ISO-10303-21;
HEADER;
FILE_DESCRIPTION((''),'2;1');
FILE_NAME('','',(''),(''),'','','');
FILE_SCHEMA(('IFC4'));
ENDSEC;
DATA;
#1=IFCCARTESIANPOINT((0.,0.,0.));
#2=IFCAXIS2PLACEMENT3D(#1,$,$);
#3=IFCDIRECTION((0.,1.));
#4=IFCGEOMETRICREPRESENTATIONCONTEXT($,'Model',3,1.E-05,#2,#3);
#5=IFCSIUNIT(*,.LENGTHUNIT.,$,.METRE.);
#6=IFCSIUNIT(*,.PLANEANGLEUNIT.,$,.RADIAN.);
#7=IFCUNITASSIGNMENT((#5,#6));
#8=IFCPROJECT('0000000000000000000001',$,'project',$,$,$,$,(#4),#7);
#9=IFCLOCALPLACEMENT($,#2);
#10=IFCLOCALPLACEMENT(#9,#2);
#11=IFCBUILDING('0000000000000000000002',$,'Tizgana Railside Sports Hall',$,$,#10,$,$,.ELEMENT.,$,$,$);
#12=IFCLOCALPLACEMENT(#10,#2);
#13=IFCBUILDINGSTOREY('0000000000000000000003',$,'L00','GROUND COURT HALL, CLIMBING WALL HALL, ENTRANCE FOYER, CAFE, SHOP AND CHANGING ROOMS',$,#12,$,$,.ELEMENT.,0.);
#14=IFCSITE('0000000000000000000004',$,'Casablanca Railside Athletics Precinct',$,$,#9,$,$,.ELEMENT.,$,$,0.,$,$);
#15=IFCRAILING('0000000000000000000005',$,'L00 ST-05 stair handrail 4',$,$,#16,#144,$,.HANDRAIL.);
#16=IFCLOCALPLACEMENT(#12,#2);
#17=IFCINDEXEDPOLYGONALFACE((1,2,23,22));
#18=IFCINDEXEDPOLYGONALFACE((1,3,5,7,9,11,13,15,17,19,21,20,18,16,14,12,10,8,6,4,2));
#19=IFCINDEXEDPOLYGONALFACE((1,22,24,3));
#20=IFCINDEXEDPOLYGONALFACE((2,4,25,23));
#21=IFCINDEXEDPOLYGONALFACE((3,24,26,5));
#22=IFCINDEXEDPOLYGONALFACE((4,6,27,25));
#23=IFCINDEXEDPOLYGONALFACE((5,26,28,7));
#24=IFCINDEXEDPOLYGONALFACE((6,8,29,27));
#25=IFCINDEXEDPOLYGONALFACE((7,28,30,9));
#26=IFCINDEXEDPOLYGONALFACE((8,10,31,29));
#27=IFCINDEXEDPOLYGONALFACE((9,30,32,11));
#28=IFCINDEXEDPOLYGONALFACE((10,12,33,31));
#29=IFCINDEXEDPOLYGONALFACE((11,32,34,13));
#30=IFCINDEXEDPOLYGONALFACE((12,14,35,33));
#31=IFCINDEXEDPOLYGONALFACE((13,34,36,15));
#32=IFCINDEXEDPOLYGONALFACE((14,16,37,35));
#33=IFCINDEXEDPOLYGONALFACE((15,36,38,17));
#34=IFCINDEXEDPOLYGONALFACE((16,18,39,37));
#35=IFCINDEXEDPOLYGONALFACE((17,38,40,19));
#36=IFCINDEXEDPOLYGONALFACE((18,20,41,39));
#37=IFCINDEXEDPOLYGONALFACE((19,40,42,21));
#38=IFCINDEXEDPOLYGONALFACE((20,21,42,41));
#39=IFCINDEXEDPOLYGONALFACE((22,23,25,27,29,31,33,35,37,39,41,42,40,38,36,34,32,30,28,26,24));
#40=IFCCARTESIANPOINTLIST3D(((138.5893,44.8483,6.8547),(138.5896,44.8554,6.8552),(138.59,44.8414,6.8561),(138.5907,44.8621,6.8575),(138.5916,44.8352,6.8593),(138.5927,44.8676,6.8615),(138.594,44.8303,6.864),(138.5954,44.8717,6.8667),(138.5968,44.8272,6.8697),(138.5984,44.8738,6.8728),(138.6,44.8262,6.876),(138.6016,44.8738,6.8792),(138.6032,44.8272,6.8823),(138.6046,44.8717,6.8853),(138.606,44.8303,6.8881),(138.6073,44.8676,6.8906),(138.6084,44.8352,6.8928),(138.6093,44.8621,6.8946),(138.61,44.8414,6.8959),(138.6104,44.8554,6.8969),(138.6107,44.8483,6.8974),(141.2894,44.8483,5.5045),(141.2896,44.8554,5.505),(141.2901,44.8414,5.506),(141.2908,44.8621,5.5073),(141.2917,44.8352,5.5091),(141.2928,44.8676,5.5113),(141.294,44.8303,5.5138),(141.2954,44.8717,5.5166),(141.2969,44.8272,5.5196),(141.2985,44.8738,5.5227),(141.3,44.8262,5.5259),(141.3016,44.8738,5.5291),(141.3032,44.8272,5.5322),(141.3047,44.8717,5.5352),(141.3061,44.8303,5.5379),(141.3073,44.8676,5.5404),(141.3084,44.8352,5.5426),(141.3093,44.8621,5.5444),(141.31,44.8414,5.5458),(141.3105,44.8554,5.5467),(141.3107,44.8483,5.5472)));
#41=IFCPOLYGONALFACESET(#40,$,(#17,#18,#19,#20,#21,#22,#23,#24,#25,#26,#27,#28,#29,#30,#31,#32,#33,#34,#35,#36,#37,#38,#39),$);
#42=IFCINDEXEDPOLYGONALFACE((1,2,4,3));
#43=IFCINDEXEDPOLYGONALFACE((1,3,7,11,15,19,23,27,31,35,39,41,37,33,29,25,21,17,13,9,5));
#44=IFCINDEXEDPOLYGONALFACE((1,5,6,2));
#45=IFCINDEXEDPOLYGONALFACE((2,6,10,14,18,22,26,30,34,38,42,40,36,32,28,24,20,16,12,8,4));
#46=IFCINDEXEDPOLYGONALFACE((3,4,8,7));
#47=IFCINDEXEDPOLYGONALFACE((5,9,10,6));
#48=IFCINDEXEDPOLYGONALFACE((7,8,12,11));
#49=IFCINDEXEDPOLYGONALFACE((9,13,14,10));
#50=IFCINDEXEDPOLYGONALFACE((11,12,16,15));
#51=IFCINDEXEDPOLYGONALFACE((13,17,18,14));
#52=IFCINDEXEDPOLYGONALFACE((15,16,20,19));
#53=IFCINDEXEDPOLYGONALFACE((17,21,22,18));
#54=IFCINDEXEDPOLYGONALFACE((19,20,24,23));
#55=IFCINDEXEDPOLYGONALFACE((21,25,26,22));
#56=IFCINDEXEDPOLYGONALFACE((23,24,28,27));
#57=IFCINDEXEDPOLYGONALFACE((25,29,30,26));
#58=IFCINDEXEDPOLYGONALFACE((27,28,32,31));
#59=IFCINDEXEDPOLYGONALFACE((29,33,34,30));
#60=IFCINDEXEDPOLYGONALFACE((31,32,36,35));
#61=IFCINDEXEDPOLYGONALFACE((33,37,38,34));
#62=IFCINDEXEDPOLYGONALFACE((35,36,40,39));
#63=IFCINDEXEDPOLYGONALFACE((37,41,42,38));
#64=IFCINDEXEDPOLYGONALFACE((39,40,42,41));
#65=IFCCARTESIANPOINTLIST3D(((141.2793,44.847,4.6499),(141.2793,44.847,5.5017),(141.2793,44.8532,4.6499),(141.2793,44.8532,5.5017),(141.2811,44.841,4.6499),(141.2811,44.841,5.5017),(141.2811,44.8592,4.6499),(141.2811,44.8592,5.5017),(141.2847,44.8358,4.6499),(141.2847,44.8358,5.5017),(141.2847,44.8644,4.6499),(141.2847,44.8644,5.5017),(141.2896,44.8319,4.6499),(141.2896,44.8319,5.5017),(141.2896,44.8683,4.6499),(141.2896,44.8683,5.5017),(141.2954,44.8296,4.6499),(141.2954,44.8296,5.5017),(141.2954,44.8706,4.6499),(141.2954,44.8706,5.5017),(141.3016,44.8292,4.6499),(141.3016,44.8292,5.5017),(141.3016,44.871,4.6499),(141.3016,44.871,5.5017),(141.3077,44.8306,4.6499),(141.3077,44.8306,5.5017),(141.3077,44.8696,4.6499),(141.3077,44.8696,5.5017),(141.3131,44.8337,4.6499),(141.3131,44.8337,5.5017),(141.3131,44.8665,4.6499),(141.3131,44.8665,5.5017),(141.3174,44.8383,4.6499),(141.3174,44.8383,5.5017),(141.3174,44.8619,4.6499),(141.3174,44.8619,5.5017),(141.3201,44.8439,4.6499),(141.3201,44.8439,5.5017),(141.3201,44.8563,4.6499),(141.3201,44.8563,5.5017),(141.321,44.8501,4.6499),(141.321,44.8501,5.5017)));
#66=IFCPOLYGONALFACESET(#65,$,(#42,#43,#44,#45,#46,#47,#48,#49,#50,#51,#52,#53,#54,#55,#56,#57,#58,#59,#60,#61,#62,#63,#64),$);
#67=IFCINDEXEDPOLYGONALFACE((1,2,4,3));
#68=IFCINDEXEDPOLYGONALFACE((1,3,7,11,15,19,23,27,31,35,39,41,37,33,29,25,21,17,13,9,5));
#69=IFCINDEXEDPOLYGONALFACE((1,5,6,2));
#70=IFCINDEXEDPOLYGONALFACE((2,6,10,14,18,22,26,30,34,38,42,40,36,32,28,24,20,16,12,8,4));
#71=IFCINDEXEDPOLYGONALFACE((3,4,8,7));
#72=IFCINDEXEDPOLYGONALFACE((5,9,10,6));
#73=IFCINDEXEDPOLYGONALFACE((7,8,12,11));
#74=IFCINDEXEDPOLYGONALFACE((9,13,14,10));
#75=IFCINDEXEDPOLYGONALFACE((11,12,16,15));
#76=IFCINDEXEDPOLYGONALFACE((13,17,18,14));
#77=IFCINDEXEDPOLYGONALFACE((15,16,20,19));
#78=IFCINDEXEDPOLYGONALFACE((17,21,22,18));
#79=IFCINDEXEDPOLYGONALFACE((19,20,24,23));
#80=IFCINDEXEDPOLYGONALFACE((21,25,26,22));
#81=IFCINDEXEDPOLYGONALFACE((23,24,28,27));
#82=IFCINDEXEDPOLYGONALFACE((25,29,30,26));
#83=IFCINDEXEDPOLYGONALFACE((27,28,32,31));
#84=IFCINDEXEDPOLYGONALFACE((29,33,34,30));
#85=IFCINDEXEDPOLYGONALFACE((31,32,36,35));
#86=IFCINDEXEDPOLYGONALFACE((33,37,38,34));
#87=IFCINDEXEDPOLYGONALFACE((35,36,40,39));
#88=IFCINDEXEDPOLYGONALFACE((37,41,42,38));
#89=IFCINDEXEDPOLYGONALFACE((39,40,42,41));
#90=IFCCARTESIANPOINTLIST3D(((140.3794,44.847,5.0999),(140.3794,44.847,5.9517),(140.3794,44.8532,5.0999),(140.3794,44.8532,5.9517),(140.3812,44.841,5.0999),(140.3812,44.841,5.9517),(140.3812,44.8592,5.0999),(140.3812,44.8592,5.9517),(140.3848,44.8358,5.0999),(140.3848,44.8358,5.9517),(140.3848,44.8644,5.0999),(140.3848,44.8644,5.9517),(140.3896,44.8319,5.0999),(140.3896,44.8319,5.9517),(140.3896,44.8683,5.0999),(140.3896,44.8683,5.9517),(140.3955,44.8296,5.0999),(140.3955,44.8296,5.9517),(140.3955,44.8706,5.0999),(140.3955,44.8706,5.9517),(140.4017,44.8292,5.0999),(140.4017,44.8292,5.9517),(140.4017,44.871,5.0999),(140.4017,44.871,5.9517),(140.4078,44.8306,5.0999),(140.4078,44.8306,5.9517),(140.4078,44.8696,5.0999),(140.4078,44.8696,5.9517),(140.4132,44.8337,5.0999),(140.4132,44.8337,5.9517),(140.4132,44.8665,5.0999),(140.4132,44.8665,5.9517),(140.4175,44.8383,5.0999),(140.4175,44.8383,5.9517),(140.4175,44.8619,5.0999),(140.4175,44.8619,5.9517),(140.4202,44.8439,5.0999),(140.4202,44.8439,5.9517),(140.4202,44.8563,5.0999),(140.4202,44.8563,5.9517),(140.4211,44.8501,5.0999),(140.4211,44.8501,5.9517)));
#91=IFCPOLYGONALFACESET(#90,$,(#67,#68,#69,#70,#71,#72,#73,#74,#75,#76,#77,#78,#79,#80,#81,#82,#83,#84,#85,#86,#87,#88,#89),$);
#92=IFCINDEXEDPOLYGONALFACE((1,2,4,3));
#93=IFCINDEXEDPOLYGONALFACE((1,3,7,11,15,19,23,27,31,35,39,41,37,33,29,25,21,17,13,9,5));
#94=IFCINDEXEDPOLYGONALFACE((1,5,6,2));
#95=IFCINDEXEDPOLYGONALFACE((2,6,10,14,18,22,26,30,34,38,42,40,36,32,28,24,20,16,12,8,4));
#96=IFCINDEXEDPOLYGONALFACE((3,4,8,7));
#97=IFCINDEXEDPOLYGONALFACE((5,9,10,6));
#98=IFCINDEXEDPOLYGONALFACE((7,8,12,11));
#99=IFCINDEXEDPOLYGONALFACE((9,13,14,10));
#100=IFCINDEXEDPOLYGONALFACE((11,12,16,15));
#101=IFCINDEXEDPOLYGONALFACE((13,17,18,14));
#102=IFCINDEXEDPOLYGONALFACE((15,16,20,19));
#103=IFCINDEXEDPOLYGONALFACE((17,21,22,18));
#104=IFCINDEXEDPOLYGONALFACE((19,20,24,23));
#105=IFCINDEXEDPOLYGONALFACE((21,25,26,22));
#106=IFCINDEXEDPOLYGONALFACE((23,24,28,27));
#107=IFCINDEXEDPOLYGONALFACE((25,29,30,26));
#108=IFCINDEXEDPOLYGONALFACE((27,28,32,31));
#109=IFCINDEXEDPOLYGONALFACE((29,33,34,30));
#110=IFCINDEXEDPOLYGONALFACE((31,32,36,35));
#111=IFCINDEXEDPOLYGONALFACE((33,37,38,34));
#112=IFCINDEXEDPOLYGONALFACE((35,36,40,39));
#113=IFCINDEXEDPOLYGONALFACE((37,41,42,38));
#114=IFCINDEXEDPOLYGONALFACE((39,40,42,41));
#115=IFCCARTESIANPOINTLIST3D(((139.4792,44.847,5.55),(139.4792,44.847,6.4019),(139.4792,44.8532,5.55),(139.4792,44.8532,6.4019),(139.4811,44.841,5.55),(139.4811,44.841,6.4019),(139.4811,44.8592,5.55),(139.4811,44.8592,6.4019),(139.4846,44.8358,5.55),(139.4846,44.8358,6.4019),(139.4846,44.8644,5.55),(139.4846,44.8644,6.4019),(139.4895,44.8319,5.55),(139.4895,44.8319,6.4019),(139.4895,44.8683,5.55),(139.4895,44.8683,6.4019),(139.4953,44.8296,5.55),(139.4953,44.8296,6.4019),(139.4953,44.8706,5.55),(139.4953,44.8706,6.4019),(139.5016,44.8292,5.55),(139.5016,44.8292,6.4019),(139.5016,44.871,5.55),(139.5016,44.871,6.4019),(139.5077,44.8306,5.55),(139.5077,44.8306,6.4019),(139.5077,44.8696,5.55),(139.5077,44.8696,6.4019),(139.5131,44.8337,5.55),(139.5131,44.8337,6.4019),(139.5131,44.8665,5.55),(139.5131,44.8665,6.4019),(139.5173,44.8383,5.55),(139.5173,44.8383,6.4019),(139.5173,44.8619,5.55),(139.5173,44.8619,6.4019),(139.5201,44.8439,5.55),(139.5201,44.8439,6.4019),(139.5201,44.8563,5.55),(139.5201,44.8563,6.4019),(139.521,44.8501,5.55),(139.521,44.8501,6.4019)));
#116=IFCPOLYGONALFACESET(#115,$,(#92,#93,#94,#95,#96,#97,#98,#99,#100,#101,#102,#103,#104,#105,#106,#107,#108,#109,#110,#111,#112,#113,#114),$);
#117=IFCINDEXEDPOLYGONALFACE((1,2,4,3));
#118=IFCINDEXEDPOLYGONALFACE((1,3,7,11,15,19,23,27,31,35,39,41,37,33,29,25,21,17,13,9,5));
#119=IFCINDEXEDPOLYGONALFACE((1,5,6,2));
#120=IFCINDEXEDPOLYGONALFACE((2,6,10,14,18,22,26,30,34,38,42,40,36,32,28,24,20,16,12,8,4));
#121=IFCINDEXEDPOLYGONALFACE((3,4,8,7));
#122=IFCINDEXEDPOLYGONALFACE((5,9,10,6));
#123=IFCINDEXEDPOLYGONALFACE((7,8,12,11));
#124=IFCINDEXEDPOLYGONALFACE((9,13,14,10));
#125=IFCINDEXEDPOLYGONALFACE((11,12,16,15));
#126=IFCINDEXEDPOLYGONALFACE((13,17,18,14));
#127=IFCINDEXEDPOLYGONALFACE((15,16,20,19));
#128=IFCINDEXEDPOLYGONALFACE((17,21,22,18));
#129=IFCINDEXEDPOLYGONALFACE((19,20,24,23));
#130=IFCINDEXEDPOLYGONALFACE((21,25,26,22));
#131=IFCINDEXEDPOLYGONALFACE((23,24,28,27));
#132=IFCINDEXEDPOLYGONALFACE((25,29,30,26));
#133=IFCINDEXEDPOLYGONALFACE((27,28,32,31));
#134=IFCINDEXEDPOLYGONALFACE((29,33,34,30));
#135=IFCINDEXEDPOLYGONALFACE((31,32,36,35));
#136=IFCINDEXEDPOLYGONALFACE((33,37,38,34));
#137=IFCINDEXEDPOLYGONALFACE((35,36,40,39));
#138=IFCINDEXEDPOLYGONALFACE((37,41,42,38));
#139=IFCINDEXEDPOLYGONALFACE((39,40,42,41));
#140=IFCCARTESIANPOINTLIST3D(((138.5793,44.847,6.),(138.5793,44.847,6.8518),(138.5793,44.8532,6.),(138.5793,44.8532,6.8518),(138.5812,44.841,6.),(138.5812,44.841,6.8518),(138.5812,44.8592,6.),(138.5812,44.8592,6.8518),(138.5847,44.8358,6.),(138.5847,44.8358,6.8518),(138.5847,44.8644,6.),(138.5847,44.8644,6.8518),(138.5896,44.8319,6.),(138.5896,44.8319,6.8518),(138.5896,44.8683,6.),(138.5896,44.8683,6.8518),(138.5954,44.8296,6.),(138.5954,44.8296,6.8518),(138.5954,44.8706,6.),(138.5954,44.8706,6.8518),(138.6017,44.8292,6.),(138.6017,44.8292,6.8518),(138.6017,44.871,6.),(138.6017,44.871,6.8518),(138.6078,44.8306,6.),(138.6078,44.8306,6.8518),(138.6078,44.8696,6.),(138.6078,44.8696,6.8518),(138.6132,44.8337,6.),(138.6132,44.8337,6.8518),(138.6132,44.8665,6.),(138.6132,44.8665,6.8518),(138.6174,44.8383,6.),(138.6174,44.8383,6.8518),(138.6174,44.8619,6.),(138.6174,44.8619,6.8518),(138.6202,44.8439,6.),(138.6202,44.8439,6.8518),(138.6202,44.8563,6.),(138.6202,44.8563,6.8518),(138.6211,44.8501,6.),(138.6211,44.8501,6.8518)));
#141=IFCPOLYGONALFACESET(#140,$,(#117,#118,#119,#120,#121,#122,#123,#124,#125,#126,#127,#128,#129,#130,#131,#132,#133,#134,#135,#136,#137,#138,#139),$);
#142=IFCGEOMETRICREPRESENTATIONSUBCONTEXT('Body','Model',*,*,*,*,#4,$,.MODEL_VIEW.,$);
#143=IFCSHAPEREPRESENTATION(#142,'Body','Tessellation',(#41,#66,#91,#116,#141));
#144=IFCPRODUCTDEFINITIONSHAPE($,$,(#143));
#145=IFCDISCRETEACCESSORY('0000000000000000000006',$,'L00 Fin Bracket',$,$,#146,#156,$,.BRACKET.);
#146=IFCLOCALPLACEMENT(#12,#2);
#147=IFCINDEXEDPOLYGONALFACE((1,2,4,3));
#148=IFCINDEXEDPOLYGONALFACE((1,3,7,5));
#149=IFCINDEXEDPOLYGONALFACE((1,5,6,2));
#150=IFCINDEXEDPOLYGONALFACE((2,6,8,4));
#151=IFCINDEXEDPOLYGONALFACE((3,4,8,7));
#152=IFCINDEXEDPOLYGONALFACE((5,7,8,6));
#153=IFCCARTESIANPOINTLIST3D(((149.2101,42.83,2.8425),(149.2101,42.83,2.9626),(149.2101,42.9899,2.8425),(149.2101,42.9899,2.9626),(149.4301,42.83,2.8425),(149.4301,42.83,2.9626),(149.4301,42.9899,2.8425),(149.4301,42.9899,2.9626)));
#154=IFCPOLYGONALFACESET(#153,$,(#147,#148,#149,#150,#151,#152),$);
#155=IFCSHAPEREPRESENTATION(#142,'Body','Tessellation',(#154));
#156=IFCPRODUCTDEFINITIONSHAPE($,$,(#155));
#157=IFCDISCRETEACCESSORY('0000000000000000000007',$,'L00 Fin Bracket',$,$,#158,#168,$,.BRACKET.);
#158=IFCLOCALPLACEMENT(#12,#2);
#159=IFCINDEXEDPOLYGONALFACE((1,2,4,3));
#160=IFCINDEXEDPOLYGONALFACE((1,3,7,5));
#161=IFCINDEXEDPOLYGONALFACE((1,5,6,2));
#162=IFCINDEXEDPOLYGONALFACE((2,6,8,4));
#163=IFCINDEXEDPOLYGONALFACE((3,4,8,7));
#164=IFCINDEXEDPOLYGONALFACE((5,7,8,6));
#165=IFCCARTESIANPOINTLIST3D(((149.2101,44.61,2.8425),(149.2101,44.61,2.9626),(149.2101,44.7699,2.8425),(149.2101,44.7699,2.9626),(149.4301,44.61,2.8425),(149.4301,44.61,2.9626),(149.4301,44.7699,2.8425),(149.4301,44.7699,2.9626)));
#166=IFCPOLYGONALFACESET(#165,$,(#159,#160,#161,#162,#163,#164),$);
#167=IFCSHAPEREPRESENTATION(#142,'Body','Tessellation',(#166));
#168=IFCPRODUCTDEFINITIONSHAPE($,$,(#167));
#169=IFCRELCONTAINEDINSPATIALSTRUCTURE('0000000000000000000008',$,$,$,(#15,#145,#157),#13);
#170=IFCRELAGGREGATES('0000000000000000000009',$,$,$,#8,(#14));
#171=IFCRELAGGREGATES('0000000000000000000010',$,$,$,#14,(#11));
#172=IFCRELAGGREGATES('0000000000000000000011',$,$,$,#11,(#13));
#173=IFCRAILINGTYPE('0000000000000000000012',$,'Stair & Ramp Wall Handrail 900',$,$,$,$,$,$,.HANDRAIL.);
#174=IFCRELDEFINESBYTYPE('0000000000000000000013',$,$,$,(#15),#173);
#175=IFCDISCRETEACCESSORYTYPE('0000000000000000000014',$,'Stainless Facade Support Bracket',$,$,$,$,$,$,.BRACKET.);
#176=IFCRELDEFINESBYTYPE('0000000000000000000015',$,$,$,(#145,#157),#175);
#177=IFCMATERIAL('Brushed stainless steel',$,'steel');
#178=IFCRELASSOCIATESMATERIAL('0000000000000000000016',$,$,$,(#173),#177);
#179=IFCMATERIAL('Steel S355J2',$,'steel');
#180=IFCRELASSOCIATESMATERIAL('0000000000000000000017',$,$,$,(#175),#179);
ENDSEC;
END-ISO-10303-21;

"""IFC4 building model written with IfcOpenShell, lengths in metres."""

from ifc_helpers import new_model, si_unit, direction, frame, origin, origin_2d, place, context, subcontext, project, spatial, rectangle, circle, extrude, material, type_object, element, save


model = new_model("IFC4")

# Units and contexts
model_context = context("Model", 3, precision=1e-05, world=origin(), true_north=direction((0.0, 1.0)))
body_context = subcontext(model_context, "Body", "Model", "MODEL_VIEW")
ifc_project = project(units=[si_unit("LENGTHUNIT", "METRE"), si_unit("PLANEANGLEUNIT", "RADIAN")], contexts=[model_context])

# Site, building, storey
site_placement = place(None, origin())
site = spatial("IfcSite", under=ifc_project, at=site_placement, Name="Casablanca Railside Athletics Precinct", CompositionType="ELEMENT", RefElevation=0.0)
building_placement = place(site_placement, origin())
building = spatial("IfcBuilding", under=site, at=building_placement, Name="Tizgana Railside Sports Hall", CompositionType="ELEMENT")
storey_placement = place(building_placement, origin())
storey = spatial("IfcBuildingStorey", under=building, at=storey_placement, Name="L00", Description="GROUND COURT HALL, CLIMBING WALL HALL, ENTRANCE FOYER, CAFE, SHOP AND CHANGING ROOMS", CompositionType="ELEMENT", Elevation=0.0)

# Shared definitions
ifc_material_1 = material(Name="Brushed stainless steel", Category="steel")

# Railing
railing_type_1 = type_object("IfcRailingType", Name="Stair & Ramp Wall Handrail 900", PredefinedType="HANDRAIL", material=ifc_material_1)
railing_1_placement = place(storey_placement, frame((141.3, 44.8501, 4.6499)))
element("IfcRailing", 1, at=railing_1_placement, inside=storey, type_object=railing_type_1, Name="L00 ST-05 stair handrail 4", PredefinedType="HANDRAIL", context=body_context, shape_type="SweptSolid", body=[
    extrude(circle(Radius=0.0239, at=origin_2d()), frame((0.0, 0.0, 0.876), z_axis=(-0.894411, 0.0, 0.447246), x_axis=(0.0, -1.0, 0.0)), (0.0, 0.0, 1.0), 3.0188),
    extrude(circle(Radius=0.021, at=origin_2d()), origin(), (0.0, 0.0, 1.0), 0.8518),
    extrude(circle(Radius=0.021, at=origin_2d()), frame((-0.8999, 0.0, 0.45)), (0.0, 0.0, 1.0), 0.8518),
    extrude(circle(Radius=0.021, at=origin_2d()), frame((-1.8, 0.0, 0.9001)), (0.0, 0.0, 1.0), 0.8518),
    extrude(circle(Radius=0.021, at=origin_2d()), frame((-2.7, 0.0, 1.3501)), (0.0, 0.0, 1.0), 0.8518),
])

# Discrete accessories
ifc_material_2 = material(Name="Steel S355J2", Category="steel")
discrete_accessory_type = type_object("IfcDiscreteAccessoryType", Name="Stainless Facade Support Bracket", PredefinedType="BRACKET", material=ifc_material_2)
for number, where, z_axis, x_axis, name in (
    (2, (149.3201, 42.9099, 2.8425), (0.0, 0.0, 1.0), (0.0, 1.0, 0.0), "L00 Fin Bracket"),
    (3, (149.3201, 44.6899, 2.8425), (0.0, 0.0, 1.0), (0.0, 1.0, 0.0), "L00 Fin Bracket"),
):
    element("IfcDiscreteAccessory", number, at=place(storey_placement, frame(where, z_axis=z_axis, x_axis=x_axis)), inside=storey, type_object=discrete_accessory_type, Name=name, PredefinedType="BRACKET", context=body_context, shape_type="SweptSolid", body=[
        extrude(rectangle(XDim=0.1599, YDim=0.22, at=origin_2d()), origin(), (0.0, 0.0, 1.0), 0.1201),
    ])

save(model, "model.ifc")
